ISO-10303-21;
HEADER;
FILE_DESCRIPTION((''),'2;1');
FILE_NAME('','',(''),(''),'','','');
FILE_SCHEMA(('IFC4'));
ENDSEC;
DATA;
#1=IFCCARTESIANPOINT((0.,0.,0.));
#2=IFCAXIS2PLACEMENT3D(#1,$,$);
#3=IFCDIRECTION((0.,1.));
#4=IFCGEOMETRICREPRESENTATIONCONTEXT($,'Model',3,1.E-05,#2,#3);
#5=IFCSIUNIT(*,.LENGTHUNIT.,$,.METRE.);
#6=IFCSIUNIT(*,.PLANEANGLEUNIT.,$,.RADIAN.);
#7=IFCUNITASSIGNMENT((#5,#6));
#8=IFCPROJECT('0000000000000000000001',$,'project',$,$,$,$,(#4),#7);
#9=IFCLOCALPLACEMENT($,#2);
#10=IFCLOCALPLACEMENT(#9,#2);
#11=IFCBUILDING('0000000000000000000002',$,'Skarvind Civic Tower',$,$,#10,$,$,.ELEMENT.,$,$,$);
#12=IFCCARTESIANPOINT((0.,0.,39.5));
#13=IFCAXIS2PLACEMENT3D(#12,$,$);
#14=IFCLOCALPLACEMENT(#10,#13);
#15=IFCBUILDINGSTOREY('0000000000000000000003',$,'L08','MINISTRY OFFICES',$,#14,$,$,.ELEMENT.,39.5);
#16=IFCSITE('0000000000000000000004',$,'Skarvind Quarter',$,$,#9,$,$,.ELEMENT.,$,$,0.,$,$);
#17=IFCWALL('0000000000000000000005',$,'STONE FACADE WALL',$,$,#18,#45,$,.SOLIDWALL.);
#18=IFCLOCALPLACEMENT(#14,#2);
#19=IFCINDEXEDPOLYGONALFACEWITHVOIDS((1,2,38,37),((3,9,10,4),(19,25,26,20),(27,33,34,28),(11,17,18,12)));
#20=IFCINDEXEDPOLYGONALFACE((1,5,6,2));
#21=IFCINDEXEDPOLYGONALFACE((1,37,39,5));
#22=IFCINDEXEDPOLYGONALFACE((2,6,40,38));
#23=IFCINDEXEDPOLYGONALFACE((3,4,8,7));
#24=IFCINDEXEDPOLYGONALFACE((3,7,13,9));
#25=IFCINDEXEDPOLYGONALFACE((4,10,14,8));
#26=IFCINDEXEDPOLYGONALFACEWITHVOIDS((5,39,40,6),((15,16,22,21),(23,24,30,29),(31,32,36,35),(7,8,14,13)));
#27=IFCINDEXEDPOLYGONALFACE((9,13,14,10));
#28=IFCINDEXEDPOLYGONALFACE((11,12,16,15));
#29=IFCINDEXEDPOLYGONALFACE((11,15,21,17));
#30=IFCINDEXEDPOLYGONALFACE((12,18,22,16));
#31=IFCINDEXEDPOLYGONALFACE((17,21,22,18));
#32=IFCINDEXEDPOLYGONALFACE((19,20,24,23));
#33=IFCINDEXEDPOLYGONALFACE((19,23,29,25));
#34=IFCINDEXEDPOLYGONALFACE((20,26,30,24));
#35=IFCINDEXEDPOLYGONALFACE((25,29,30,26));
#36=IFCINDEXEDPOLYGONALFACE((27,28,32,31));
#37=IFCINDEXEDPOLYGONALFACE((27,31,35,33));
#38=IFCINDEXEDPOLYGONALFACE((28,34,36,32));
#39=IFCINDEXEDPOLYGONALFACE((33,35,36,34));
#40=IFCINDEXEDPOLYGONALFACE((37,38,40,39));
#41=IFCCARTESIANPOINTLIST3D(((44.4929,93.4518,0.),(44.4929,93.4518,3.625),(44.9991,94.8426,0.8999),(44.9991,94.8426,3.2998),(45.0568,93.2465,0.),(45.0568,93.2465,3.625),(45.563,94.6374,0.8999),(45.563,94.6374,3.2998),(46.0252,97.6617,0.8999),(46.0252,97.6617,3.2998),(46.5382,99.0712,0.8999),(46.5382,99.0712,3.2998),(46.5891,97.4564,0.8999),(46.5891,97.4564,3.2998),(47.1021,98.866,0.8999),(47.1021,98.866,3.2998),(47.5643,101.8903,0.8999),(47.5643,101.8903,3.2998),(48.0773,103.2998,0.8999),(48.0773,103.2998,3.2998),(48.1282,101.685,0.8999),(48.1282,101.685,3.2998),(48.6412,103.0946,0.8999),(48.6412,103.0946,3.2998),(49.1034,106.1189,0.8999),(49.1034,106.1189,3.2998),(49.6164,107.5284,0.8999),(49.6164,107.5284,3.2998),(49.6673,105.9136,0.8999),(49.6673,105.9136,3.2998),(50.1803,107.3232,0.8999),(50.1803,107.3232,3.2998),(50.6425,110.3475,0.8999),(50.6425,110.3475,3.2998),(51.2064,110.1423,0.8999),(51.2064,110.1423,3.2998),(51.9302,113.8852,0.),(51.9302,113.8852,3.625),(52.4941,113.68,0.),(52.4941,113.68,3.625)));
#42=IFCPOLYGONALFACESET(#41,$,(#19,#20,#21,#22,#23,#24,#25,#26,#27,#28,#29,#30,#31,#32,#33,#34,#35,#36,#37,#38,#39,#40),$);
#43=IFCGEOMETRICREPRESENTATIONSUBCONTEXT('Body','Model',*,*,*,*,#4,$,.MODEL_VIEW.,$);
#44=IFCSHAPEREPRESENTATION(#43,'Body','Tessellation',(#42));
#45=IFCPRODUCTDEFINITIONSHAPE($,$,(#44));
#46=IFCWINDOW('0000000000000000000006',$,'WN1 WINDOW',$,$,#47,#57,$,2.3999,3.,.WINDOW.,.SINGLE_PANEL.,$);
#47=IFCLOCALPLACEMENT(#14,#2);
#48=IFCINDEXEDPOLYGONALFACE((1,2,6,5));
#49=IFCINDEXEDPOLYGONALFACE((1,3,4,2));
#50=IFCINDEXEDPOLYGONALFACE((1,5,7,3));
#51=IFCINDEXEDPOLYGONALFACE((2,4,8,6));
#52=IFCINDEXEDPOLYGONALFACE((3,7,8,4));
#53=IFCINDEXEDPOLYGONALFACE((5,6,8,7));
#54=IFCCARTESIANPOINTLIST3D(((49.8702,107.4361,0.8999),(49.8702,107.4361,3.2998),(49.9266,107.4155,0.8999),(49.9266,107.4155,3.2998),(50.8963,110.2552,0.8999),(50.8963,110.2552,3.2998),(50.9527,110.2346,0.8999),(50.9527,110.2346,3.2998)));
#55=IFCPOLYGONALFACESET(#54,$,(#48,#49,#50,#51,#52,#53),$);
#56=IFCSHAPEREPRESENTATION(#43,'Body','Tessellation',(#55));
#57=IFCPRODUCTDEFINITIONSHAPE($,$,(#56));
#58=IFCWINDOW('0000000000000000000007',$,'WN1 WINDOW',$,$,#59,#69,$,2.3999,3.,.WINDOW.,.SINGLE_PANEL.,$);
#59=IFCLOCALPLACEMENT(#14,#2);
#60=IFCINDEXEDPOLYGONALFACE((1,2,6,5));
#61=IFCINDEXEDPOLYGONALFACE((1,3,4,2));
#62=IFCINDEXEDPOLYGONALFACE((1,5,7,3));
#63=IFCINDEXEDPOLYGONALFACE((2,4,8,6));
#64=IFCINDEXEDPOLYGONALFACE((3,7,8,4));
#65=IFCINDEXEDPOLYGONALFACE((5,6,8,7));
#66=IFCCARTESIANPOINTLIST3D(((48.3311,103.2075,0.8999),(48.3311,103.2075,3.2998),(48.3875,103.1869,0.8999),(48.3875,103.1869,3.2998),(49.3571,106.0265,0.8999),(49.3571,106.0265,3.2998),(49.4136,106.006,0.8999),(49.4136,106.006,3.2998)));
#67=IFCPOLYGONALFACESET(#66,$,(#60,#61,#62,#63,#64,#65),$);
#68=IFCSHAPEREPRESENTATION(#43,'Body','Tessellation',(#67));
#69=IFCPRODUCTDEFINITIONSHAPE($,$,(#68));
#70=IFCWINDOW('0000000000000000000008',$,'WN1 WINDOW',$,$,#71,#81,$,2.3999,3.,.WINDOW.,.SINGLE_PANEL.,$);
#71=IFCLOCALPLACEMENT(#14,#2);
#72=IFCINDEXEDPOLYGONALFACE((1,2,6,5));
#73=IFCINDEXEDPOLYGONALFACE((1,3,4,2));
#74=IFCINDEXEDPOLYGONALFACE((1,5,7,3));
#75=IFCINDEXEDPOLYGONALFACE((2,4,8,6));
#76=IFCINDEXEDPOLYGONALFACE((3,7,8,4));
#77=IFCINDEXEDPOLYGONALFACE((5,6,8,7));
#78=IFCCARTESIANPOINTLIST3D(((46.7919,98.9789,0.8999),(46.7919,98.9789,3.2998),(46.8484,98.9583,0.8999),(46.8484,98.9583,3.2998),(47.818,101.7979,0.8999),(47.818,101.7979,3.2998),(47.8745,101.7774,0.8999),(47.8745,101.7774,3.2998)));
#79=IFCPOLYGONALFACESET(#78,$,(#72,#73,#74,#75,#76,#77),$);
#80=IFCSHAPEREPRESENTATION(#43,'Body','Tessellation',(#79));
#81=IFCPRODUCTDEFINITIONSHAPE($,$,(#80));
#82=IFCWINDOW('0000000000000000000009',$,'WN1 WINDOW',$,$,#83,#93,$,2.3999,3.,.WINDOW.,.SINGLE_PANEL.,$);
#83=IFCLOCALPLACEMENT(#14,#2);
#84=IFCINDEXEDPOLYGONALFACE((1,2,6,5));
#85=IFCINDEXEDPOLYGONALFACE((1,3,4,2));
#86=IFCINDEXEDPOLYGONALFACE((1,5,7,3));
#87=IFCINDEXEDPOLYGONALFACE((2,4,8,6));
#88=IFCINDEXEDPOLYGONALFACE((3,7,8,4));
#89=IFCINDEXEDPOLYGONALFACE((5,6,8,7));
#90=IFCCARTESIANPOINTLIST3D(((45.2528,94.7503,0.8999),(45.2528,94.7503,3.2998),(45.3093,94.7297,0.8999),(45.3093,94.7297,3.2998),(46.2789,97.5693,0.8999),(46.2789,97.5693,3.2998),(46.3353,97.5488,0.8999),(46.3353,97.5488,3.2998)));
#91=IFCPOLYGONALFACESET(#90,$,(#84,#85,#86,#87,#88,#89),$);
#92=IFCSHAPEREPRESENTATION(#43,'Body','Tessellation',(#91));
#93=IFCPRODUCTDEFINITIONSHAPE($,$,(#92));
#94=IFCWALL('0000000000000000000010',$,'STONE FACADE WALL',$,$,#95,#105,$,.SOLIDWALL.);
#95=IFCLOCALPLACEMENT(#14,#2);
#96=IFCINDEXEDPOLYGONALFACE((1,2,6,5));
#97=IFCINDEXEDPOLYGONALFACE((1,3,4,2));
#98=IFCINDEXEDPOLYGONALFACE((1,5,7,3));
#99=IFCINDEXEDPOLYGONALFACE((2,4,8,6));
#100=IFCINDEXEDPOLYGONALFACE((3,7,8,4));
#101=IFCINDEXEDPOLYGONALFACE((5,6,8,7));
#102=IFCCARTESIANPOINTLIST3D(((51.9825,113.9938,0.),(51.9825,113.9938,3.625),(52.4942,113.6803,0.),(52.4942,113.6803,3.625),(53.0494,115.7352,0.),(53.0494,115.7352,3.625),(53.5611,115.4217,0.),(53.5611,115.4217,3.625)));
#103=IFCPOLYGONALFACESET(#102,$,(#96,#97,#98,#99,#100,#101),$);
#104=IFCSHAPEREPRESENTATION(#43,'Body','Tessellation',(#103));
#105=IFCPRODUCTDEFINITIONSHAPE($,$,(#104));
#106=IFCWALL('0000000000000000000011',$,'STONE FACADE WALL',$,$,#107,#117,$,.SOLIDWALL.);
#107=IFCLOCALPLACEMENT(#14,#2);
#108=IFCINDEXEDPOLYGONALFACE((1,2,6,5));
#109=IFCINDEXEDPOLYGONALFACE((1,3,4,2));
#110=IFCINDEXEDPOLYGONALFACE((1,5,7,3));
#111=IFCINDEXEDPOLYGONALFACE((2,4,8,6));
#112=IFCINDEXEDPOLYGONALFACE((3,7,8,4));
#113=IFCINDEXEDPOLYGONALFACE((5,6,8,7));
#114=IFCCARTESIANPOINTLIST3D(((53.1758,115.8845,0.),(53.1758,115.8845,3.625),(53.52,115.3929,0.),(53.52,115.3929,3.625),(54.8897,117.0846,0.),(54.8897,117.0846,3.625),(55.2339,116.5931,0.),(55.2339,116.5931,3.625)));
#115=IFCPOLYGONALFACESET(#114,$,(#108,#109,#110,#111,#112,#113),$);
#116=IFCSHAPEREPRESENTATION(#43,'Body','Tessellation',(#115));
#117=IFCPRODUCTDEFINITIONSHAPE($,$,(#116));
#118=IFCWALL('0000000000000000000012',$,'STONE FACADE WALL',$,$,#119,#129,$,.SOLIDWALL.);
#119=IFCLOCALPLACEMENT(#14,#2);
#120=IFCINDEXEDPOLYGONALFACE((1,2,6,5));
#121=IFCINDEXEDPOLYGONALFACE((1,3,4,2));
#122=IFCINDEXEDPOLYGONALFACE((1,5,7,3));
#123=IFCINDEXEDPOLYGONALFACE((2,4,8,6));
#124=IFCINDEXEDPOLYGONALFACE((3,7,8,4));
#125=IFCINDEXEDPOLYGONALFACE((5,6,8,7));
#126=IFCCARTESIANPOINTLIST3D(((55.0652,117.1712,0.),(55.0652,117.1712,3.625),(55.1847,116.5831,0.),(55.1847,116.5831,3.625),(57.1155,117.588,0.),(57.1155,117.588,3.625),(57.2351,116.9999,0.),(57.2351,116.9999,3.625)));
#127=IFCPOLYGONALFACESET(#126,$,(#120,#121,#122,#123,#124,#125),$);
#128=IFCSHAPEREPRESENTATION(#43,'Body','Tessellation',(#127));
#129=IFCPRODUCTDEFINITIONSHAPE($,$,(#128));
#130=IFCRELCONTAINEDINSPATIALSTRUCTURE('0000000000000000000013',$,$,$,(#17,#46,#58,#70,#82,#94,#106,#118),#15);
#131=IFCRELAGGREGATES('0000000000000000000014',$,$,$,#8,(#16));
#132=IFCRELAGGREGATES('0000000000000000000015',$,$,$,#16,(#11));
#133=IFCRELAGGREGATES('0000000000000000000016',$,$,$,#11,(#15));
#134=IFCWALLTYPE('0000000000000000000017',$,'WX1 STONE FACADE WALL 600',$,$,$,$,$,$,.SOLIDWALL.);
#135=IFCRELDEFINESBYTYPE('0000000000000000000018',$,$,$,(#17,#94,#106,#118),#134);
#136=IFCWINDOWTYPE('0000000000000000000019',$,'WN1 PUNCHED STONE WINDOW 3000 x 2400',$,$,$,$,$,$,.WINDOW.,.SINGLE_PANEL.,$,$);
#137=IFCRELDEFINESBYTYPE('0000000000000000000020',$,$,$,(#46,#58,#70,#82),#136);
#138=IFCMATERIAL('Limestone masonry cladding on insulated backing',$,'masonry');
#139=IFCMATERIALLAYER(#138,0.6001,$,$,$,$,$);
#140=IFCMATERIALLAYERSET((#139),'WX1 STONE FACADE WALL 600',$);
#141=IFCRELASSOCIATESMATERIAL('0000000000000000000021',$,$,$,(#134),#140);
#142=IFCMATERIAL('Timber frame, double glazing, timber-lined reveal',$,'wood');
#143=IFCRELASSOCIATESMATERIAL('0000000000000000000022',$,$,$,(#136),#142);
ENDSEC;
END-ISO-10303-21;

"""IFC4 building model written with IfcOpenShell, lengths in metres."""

from ifc_helpers import new_model, si_unit, direction, frame, frame_2d, origin, place, context, subcontext, project, spatial, rectangle, extrude, material, layer, layer_set, type_object, element, fill, save


model = new_model("IFC4")

# Units and contexts
model_context = context("Model", 3, precision=1e-05, world=origin(), true_north=direction((0.0, 1.0)))
body_context = subcontext(model_context, "Body", "Model", "MODEL_VIEW")
ifc_project = project(units=[si_unit("LENGTHUNIT", "METRE"), si_unit("PLANEANGLEUNIT", "RADIAN")], contexts=[model_context])

# Site, building, storey
site_placement = place(None, origin())
site = spatial("IfcSite", under=ifc_project, at=site_placement, Name="Skarvind Quarter", CompositionType="ELEMENT", RefElevation=0.0)
building_placement = place(site_placement, origin())
building = spatial("IfcBuilding", under=site, at=building_placement, Name="Skarvind Civic Tower", CompositionType="ELEMENT")
storey_placement = place(building_placement, frame((0.0, 0.0, 39.5)))
storey = spatial("IfcBuildingStorey", under=building, at=storey_placement, Name="L08", Description="MINISTRY OFFICES", CompositionType="ELEMENT", Elevation=39.5)

# Wall, openings, windows
ifc_material_1 = material(Name="Limestone masonry cladding on insulated backing", Category="masonry")
ifc_layer_1 = layer(ifc_material_1, 0.6001)
ifc_layer_set_1 = layer_set([ifc_layer_1], Name="WX1 STONE FACADE WALL 600")
wall_type_1 = type_object("IfcWallType", Name="WX1 STONE FACADE WALL 600", PredefinedType="SOLIDWALL", material=ifc_layer_set_1)
wall_1_placement = place(storey_placement, frame((52.2122, 113.7827, 0.0), z_axis=(0.0, 0.0, 1.0), x_axis=(-0.342025, -0.939691, 0.0)))
wall_1 = element("IfcWall", 1, at=wall_1_placement, inside=storey, type_object=wall_type_1, Name="STONE FACADE WALL", PredefinedType="SOLIDWALL", context=body_context, shape_type="SweptSolid", body=[
    extrude(rectangle(XDim=21.7449, YDim=0.6001, at=frame_2d((10.8726, 0.0))), origin(), (0.0, 0.0, 1.0), 3.625),
])
opening_1_placement = place(wall_1_placement, frame((3.7649, 0.0, 0.8999)))
opening_1 = element("IfcOpeningElement", 2, at=opening_1_placement, cuts=wall_1, PredefinedType="OPENING", context=body_context, shape_type="SweptSolid", body=[
    extrude(rectangle(XDim=3.0, YDim=2.3999, at=frame_2d((1.5, 1.2))), frame((0.0, 0.3101, 0.0), z_axis=(0.0, -1.0, 0.0), x_axis=(1.0, 0.0, 0.0)), (0.0, 0.0, 1.0), 0.6201),
])
opening_2_placement = place(wall_1_placement, frame((8.2649, 0.0, 0.8999)))
opening_2 = element("IfcOpeningElement", 3, at=opening_2_placement, cuts=wall_1, PredefinedType="OPENING", context=body_context, shape_type="SweptSolid", body=[
    extrude(rectangle(XDim=3.0, YDim=2.3999, at=frame_2d((1.5, 1.2))), frame((0.0, 0.3101, 0.0), z_axis=(0.0, -1.0, 0.0), x_axis=(1.0, 0.0, 0.0)), (0.0, 0.0, 1.0), 0.6201),
])
opening_3_placement = place(wall_1_placement, frame((12.7649, 0.0, 0.8999)))
opening_3 = element("IfcOpeningElement", 4, at=opening_3_placement, cuts=wall_1, PredefinedType="OPENING", context=body_context, shape_type="SweptSolid", body=[
    extrude(rectangle(XDim=3.0, YDim=2.3999, at=frame_2d((1.5, 1.2))), frame((0.0, 0.3101, 0.0), z_axis=(0.0, -1.0, 0.0), x_axis=(1.0, 0.0, 0.0)), (0.0, 0.0, 1.0), 0.6201),
])
opening_4_placement = place(wall_1_placement, frame((17.2649, 0.0, 0.8999)))
opening_4 = element("IfcOpeningElement", 5, at=opening_4_placement, cuts=wall_1, PredefinedType="OPENING", context=body_context, shape_type="SweptSolid", body=[
    extrude(rectangle(XDim=3.0, YDim=2.3999, at=frame_2d((1.5, 1.2))), frame((0.0, 0.3101, 0.0), z_axis=(0.0, -1.0, 0.0), x_axis=(1.0, 0.0, 0.0)), (0.0, 0.0, 1.0), 0.6201),
])
ifc_material_2 = material(Name="Timber frame, double glazing, timber-lined reveal", Category="wood")
window_type = type_object("IfcWindowType", Name="WN1 PUNCHED STONE WINDOW 3000 x 2400", PartitioningType="SINGLE_PANEL", PredefinedType="WINDOW", material=ifc_material_2)
window_1_placement = place(opening_1_placement, origin())
window_1 = element("IfcWindow", 6, at=window_1_placement, inside=storey, type_object=window_type, Name="WN1 WINDOW", OverallHeight=2.3999, OverallWidth=3.0, PartitioningType="SINGLE_PANEL", PredefinedType="WINDOW", context=body_context, shape_type="SweptSolid", body=[
    extrude(rectangle(XDim=3.0, YDim=2.3999, at=frame_2d((1.5, 1.2))), frame((0.0, 0.03, 0.0), z_axis=(0.0, -1.0, 0.0), x_axis=(1.0, 0.0, 0.0)), (0.0, 0.0, 1.0), 0.0601),
])
fill(opening_1, window_1)
window_2_placement = place(opening_2_placement, origin())
window_2 = element("IfcWindow", 7, at=window_2_placement, inside=storey, type_object=window_type, Name="WN1 WINDOW", OverallHeight=2.3999, OverallWidth=3.0, PartitioningType="SINGLE_PANEL", PredefinedType="WINDOW", context=body_context, shape_type="SweptSolid", body=[
    extrude(rectangle(XDim=3.0, YDim=2.3999, at=frame_2d((1.5, 1.2))), frame((0.0, 0.03, 0.0), z_axis=(0.0, -1.0, 0.0), x_axis=(1.0, 0.0, 0.0)), (0.0, 0.0, 1.0), 0.0601),
])
fill(opening_2, window_2)
window_3_placement = place(opening_3_placement, origin())
window_3 = element("IfcWindow", 8, at=window_3_placement, inside=storey, type_object=window_type, Name="WN1 WINDOW", OverallHeight=2.3999, OverallWidth=3.0, PartitioningType="SINGLE_PANEL", PredefinedType="WINDOW", context=body_context, shape_type="SweptSolid", body=[
    extrude(rectangle(XDim=3.0, YDim=2.3999, at=frame_2d((1.5, 1.2))), frame((0.0, 0.03, 0.0), z_axis=(0.0, -1.0, 0.0), x_axis=(1.0, 0.0, 0.0)), (0.0, 0.0, 1.0), 0.0601),
])
fill(opening_3, window_3)
window_4_placement = place(opening_4_placement, origin())
window_4 = element("IfcWindow", 9, at=window_4_placement, inside=storey, type_object=window_type, Name="WN1 WINDOW", OverallHeight=2.3999, OverallWidth=3.0, PartitioningType="SINGLE_PANEL", PredefinedType="WINDOW", context=body_context, shape_type="SweptSolid", body=[
    extrude(rectangle(XDim=3.0, YDim=2.3999, at=frame_2d((1.5, 1.2))), frame((0.0, 0.03, 0.0), z_axis=(0.0, -1.0, 0.0), x_axis=(1.0, 0.0, 0.0)), (0.0, 0.0, 1.0), 0.0601),
])
fill(opening_4, window_4)

# Walls
wall_2_placement = place(storey_placement, frame((53.3052, 115.5784, 0.0), z_axis=(0.0, 0.0, 1.0), x_axis=(-0.522402, -0.852699, 0.0)))
element("IfcWall", 10, at=wall_2_placement, inside=storey, type_object=wall_type_1, Name="STONE FACADE WALL", PredefinedType="SOLIDWALL", context=body_context, shape_type="SweptSolid", body=[
    extrude(rectangle(XDim=2.0422, YDim=0.6001, at=frame_2d((1.021, 0.0))), origin(), (0.0, 0.0, 1.0), 3.625),
])
for number, where, z_axis, x_axis, name in (
    (11, (55.0618, 116.8389, 0.0), (0.0, 0.0, 1.0), (-0.819122, -0.573619, 0.0), "STONE FACADE WALL"),
    (12, (57.1753, 117.2939, 0.0), (0.0, 0.0, 1.0), (-0.979961, -0.199189, 0.0), "STONE FACADE WALL"),
):
    element("IfcWall", number, at=place(storey_placement, frame(where, z_axis=z_axis, x_axis=x_axis)), inside=storey, type_object=wall_type_1, Name=name, PredefinedType="SOLIDWALL", context=body_context, shape_type="SweptSolid", body=[
        extrude(rectangle(XDim=2.0923, YDim=0.6001, at=frame_2d((1.0461, 0.0))), origin(), (0.0, 0.0, 1.0), 3.625),
    ])

save(model, "model.ifc")
